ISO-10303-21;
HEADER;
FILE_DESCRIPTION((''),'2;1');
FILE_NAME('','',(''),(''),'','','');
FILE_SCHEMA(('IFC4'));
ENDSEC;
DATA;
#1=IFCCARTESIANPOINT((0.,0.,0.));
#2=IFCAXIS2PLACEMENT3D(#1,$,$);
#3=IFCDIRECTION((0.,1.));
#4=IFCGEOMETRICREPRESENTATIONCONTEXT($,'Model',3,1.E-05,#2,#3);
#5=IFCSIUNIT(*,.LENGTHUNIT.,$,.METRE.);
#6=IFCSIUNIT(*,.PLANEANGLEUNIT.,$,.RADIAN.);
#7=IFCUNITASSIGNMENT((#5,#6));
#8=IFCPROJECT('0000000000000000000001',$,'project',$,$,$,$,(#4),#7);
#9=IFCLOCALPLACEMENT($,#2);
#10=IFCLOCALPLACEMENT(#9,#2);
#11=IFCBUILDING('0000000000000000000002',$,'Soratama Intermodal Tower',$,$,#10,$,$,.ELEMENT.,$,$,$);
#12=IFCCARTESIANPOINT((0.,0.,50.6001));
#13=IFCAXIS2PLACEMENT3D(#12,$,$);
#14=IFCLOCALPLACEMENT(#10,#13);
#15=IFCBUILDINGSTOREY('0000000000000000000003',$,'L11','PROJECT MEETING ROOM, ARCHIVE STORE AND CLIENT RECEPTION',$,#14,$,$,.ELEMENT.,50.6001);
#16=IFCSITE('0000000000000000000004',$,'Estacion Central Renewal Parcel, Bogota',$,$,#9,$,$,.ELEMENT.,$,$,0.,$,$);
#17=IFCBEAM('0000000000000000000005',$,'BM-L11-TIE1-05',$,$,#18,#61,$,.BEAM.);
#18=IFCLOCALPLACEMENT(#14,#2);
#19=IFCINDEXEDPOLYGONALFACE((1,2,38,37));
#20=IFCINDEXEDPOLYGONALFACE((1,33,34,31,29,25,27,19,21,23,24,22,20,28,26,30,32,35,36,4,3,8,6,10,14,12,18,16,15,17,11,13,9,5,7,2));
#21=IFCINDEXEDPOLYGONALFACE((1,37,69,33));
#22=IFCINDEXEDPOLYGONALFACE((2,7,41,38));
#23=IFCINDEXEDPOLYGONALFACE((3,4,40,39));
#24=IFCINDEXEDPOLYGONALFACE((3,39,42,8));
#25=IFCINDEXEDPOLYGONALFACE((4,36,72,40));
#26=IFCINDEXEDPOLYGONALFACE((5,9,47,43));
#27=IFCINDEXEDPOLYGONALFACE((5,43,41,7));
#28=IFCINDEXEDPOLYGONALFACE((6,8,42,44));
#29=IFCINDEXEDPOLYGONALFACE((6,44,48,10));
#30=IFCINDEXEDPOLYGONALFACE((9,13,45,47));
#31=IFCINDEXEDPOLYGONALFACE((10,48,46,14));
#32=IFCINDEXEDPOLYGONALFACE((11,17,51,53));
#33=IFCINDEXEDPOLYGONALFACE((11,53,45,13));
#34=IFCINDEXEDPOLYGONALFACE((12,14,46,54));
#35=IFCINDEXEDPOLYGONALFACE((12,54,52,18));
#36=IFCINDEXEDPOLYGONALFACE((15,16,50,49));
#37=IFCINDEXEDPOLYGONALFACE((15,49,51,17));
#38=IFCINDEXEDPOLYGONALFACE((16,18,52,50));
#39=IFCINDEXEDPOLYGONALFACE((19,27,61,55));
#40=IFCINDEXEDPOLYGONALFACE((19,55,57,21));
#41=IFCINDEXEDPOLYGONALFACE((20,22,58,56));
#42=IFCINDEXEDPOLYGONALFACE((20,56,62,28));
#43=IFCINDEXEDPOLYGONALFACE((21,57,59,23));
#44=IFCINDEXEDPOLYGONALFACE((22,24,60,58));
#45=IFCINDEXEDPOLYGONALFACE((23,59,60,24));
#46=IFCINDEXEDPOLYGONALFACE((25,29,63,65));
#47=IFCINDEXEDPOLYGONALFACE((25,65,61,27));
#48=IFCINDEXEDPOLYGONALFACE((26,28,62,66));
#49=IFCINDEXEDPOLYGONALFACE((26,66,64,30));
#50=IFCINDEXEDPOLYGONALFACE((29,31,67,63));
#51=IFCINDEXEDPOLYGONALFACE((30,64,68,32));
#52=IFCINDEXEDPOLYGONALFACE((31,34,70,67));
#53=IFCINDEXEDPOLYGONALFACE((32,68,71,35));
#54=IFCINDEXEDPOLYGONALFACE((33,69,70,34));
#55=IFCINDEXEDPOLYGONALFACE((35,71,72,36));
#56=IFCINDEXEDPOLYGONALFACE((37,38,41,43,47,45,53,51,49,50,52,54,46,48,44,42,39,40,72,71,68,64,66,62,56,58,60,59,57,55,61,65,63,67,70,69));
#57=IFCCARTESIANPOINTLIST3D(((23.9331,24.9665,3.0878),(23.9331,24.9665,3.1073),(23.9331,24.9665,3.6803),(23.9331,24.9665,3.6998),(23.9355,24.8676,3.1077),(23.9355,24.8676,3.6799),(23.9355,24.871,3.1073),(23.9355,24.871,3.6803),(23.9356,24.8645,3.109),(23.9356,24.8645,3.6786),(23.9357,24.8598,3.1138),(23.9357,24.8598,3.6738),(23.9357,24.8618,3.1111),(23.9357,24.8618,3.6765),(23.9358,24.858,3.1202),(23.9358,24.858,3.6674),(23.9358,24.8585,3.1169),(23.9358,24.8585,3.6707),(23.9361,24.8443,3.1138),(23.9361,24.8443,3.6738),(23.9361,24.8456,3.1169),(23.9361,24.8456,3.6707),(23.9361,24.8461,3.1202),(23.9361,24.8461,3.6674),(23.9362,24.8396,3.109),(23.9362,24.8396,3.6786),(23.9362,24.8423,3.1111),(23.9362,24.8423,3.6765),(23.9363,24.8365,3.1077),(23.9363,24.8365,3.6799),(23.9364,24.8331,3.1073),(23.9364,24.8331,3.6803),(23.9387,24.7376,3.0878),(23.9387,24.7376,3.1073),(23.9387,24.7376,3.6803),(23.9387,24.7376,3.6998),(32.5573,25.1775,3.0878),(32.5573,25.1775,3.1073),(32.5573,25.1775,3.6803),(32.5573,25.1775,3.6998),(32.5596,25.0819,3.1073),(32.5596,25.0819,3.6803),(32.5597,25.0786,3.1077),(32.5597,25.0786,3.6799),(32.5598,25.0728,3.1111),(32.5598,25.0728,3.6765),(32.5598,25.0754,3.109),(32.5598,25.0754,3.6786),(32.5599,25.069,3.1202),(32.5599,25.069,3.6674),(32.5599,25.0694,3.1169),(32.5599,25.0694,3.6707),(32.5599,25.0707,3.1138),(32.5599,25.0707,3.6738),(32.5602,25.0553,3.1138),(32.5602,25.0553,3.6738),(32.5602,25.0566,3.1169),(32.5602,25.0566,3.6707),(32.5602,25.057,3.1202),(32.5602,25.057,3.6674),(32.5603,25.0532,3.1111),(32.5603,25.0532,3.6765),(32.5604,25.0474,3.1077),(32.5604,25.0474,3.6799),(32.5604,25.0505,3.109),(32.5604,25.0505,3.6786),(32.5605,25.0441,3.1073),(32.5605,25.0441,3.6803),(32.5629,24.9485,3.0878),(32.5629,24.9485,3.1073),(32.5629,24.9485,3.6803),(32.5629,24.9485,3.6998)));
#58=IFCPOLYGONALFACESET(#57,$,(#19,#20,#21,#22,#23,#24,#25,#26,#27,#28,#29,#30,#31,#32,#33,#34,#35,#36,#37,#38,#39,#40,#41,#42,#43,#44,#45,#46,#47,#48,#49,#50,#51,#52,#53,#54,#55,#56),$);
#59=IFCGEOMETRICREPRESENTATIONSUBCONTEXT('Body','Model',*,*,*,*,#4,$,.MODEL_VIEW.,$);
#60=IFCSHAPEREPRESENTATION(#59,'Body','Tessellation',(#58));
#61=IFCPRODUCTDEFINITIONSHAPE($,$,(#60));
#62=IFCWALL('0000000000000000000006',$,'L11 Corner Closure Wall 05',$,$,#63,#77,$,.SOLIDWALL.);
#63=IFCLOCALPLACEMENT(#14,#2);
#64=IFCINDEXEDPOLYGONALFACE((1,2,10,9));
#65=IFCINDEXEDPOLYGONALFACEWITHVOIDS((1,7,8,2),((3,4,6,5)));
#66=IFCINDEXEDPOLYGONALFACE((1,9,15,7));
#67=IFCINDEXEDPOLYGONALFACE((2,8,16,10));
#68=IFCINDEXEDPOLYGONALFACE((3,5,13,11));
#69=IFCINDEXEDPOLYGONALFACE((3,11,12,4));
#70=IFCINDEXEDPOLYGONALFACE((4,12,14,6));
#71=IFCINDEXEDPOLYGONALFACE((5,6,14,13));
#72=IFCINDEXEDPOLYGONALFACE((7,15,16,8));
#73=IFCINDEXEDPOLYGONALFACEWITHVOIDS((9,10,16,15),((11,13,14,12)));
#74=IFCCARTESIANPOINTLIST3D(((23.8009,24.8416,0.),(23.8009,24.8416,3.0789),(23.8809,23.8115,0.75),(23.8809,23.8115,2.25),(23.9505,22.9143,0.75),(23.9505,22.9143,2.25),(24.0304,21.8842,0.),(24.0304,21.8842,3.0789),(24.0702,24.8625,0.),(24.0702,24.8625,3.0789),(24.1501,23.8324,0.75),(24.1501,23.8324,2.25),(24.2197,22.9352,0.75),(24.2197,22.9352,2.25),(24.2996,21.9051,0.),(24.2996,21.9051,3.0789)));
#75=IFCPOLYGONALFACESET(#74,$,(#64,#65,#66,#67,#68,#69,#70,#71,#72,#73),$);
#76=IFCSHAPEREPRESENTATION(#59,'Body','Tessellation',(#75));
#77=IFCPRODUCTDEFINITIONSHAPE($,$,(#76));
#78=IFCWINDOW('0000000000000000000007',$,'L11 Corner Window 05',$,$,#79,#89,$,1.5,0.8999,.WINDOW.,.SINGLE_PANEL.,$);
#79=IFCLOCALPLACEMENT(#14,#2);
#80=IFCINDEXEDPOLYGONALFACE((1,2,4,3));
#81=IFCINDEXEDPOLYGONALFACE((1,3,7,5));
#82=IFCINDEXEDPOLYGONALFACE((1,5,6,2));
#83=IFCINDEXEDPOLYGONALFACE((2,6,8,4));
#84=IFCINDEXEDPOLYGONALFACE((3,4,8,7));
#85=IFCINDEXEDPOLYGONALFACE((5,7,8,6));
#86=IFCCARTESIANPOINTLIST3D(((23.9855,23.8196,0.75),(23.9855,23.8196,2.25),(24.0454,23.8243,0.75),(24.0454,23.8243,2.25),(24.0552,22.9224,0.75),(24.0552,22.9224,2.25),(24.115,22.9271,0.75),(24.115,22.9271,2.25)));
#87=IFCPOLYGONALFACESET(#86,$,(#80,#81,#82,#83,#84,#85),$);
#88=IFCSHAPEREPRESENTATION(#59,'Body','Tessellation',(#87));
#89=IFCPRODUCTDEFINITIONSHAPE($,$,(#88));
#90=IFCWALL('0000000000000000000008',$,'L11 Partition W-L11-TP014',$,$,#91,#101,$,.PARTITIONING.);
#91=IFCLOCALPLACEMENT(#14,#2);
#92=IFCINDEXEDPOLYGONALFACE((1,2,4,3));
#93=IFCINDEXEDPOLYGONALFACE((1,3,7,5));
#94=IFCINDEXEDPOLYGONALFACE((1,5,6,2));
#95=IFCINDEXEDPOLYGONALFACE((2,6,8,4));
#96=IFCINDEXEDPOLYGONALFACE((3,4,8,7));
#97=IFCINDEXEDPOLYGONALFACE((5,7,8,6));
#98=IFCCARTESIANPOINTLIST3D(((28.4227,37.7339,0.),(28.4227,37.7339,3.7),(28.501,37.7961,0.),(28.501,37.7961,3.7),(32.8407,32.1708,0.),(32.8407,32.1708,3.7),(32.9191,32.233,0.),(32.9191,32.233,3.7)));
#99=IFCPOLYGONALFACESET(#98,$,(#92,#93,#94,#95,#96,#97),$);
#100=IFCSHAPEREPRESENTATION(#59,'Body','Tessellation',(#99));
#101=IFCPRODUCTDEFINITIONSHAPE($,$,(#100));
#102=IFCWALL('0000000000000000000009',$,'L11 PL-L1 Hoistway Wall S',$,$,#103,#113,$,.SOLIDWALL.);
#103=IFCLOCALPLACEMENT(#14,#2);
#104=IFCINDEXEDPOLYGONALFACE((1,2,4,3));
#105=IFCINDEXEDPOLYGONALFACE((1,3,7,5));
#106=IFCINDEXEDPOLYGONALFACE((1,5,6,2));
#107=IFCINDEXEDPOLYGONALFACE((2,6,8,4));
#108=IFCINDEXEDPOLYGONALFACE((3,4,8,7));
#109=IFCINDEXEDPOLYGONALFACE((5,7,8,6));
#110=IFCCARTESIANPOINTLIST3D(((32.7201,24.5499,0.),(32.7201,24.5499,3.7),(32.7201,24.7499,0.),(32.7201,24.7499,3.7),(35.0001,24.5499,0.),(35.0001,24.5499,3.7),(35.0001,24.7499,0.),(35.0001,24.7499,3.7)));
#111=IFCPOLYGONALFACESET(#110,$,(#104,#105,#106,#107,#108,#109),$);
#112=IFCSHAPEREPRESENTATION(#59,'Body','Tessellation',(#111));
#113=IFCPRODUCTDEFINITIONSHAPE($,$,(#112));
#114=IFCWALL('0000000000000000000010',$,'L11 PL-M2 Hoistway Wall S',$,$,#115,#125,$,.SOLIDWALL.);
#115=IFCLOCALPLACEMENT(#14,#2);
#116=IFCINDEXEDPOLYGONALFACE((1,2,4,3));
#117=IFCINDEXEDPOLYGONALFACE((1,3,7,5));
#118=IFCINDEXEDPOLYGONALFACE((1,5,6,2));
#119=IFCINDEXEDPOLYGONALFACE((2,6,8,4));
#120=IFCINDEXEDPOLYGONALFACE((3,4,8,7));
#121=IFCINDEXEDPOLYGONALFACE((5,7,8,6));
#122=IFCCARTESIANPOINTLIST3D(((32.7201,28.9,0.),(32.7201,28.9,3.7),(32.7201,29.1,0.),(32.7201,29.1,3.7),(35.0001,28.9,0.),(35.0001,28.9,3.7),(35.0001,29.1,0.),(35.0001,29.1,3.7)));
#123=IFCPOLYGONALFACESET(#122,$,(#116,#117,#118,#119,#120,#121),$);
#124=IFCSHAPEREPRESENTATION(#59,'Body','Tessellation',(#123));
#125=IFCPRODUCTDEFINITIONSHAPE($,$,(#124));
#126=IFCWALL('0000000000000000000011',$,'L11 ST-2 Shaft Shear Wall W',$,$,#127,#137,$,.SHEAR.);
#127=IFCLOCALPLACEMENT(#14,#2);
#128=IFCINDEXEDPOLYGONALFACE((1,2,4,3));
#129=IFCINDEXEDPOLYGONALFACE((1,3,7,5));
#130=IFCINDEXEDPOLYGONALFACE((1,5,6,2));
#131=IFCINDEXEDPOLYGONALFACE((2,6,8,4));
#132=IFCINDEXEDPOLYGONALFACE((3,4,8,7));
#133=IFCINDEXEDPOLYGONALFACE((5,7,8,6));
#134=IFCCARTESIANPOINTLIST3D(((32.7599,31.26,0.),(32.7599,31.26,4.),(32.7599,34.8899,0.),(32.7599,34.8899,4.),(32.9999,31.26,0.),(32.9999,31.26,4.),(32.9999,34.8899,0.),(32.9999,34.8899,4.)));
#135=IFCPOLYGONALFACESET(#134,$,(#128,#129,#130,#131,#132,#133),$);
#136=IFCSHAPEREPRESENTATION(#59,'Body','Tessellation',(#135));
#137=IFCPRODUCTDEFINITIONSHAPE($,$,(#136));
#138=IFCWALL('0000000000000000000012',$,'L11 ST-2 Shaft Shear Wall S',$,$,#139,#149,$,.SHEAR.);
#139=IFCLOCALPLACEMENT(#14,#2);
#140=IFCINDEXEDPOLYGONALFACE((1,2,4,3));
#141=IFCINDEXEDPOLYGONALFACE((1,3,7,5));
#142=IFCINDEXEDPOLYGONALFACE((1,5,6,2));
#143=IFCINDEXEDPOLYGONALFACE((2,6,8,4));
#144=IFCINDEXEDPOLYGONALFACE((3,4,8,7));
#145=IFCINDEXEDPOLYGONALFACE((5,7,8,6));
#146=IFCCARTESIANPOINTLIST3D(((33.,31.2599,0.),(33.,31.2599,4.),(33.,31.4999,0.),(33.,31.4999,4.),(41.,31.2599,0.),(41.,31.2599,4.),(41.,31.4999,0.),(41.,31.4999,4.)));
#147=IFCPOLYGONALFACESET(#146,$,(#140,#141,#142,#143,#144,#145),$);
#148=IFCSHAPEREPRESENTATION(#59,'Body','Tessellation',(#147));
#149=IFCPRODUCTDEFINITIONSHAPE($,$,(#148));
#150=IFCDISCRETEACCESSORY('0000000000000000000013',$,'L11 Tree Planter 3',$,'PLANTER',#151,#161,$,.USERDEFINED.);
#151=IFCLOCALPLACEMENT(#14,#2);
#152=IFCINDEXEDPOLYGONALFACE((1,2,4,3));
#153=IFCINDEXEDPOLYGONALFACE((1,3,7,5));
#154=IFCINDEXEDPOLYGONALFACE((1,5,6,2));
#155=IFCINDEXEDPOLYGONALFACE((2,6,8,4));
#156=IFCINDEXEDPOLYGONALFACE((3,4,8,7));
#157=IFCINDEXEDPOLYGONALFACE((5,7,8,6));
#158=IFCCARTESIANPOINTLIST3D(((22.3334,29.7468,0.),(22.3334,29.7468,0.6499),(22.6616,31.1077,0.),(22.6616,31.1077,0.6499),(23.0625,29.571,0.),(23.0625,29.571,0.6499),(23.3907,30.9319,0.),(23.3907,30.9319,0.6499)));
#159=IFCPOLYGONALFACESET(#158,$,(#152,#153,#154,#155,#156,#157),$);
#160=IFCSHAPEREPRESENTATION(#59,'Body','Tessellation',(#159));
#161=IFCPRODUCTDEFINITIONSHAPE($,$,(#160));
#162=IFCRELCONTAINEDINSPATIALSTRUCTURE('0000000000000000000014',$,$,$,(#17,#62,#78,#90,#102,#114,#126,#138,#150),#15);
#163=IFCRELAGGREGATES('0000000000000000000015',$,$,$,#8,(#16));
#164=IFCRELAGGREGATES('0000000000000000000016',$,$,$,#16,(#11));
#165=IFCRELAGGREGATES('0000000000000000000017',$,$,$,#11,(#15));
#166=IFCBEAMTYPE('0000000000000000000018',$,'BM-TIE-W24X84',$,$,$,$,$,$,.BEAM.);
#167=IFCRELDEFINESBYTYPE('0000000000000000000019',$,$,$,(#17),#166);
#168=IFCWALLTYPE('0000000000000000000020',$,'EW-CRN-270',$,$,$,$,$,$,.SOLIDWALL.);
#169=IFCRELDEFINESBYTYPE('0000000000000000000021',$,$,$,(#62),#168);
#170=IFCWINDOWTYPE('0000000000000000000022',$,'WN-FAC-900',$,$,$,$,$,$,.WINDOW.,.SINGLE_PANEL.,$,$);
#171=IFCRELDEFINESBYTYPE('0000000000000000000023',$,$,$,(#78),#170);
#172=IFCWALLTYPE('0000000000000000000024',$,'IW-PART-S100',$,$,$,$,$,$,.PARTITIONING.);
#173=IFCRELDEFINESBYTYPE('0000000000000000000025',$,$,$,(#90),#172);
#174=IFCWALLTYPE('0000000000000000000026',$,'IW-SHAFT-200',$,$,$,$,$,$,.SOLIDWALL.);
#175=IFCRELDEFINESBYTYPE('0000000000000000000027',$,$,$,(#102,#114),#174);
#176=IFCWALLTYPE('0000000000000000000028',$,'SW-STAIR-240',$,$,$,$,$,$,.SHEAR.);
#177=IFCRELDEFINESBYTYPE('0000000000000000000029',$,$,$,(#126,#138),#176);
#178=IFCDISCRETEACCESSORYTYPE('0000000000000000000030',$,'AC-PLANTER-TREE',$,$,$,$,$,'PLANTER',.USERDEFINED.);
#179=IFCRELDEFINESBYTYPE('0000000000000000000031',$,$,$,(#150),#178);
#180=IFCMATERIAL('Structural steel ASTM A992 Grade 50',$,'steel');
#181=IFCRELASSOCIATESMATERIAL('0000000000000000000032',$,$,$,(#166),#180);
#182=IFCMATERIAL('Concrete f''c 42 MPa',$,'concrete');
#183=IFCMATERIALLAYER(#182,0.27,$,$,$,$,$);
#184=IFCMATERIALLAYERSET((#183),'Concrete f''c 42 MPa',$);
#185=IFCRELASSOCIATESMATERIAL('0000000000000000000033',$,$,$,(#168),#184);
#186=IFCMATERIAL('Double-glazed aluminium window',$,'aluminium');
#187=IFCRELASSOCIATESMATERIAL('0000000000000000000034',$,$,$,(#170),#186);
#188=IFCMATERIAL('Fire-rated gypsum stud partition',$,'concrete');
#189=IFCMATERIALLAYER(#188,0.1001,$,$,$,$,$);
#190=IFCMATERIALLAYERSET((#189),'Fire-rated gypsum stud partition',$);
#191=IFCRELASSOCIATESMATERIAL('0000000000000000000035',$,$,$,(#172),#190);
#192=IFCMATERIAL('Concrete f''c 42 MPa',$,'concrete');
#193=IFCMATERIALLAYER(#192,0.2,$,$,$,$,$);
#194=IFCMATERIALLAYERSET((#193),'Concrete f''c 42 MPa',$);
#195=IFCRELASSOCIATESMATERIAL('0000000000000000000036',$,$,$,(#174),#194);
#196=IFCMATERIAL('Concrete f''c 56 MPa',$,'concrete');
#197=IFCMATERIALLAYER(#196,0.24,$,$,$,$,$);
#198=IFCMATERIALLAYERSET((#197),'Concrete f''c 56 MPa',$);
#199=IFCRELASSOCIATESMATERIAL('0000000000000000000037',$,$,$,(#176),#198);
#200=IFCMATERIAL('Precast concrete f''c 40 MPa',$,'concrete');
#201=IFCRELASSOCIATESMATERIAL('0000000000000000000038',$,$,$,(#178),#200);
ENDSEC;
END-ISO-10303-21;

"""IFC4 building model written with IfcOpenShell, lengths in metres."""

from ifc_helpers import new_model, si_unit, direction, frame, frame_2d, origin, origin_2d, place, context, subcontext, project, spatial, rectangle, i_section, extrude, material, layer, layer_set, material_profile, profile_set, type_object, element, fill, save


model = new_model("IFC4")

# Units and contexts
model_context = context("Model", 3, precision=1e-05, world=origin(), true_north=direction((0.0, 1.0)))
body_context = subcontext(model_context, "Body", "Model", "MODEL_VIEW")
ifc_project = project(units=[si_unit("LENGTHUNIT", "METRE"), si_unit("PLANEANGLEUNIT", "RADIAN")], contexts=[model_context])

# Site, building, storey
site_placement = place(None, origin())
site = spatial("IfcSite", under=ifc_project, at=site_placement, Name="Estacion Central Renewal Parcel, Bogota", CompositionType="ELEMENT", RefElevation=0.0)
building_placement = place(site_placement, origin())
building = spatial("IfcBuilding", under=site, at=building_placement, Name="Soratama Intermodal Tower", CompositionType="ELEMENT")
storey_placement = place(building_placement, frame((0.0, 0.0, 50.6001)))
storey = spatial("IfcBuildingStorey", under=building, at=storey_placement, Name="L11", Description="PROJECT MEETING ROOM, ARCHIVE STORE AND CLIENT RECEPTION", CompositionType="ELEMENT", Elevation=50.6001)

# Beam
ifc_material_1 = material(Name="Structural steel ASTM A992 Grade 50", Category="steel")
ifc_material_profile_1 = material_profile(ifc_material_1, i_section(OverallWidth=0.229, OverallDepth=0.6121, WebThickness=0.012, FlangeThickness=0.0195, FilletRadius=0.0129, at=origin_2d()), Name="W24X84")
ifc_profile_set_1 = profile_set([ifc_material_profile_1], Name="Structural steel ASTM A992 Grade 50")
beam_type_1 = type_object("IfcBeamType", Name="BM-TIE-W24X84", PredefinedType="BEAM", material=ifc_profile_set_1)
beam_1_placement = place(storey_placement, frame((32.5601, 25.063, 3.3938), z_axis=(-0.999701, -0.024452, 0.0), x_axis=(0.024452, -0.999701, 0.0)))
element("IfcBeam", 1, at=beam_1_placement, inside=storey, type_object=beam_type_1, Name="BM-L11-TIE1-05", PredefinedType="BEAM", context=body_context, shape_type="SweptSolid", body=[
    extrude(i_section(OverallWidth=0.229, OverallDepth=0.6121, WebThickness=0.012, FlangeThickness=0.0195, FilletRadius=0.0129, at=origin_2d()), origin(), (0.0, 0.0, 1.0), 8.6267),
])

# Wall, opening, window
ifc_material_2 = material(Name="Concrete f'c 42 MPa", Category="concrete")
ifc_layer_1 = layer(ifc_material_2, 0.27)
ifc_layer_set_1 = layer_set([ifc_layer_1], Name="Concrete f'c 42 MPa")
wall_type_1 = type_object("IfcWallType", Name="EW-CRN-270", PredefinedType="SOLIDWALL", material=ifc_layer_set_1)
wall_1_placement = place(storey_placement, frame((23.9355, 24.8521, 0.0), z_axis=(0.0, 0.0, 1.0), x_axis=(0.077364, -0.997003, 0.0)))
wall_1 = element("IfcWall", 2, at=wall_1_placement, inside=storey, type_object=wall_type_1, Name="L11 Corner Closure Wall 05", PredefinedType="SOLIDWALL", context=body_context, shape_type="SweptSolid", body=[
    extrude(rectangle(XDim=2.9663, YDim=0.27, at=frame_2d((1.4832, 0.0))), origin(), (0.0, 0.0, 1.0), 3.0789),
])
opening_1_placement = place(wall_1_placement, frame((1.0332, 0.0, 0.75)))
opening_1 = element("IfcOpeningElement", 3, at=opening_1_placement, cuts=wall_1, PredefinedType="OPENING", context=body_context, shape_type="SweptSolid", body=[
    extrude(rectangle(XDim=0.8999, YDim=1.5, at=frame_2d((0.45, 0.75))), frame((0.0, 0.145, 0.0), z_axis=(0.0, -1.0, 0.0), x_axis=(1.0, 0.0, 0.0)), (0.0, 0.0, 1.0), 0.29),
])
ifc_material_3 = material(Name="Double-glazed aluminium window", Category="aluminium")
window_type = type_object("IfcWindowType", Name="WN-FAC-900", PartitioningType="SINGLE_PANEL", PredefinedType="WINDOW", material=ifc_material_3)
window_placement = place(opening_1_placement, origin())
window = element("IfcWindow", 4, at=window_placement, inside=storey, type_object=window_type, Name="L11 Corner Window 05", OverallHeight=1.5, OverallWidth=0.8999, PartitioningType="SINGLE_PANEL", PredefinedType="WINDOW", context=body_context, shape_type="SweptSolid", body=[
    extrude(rectangle(XDim=0.8999, YDim=1.5, at=frame_2d((0.45, 0.75))), frame((0.0, 0.03, 0.0), z_axis=(0.0, -1.0, 0.0), x_axis=(1.0, 0.0, 0.0)), (0.0, 0.0, 1.0), 0.0601),
])
fill(opening_1, window)

# Walls
ifc_material_4 = material(Name="Fire-rated gypsum stud partition", Category="concrete")
ifc_layer_2 = layer(ifc_material_4, 0.1001)
ifc_layer_set_2 = layer_set([ifc_layer_2], Name="Fire-rated gypsum stud partition")
wall_type_2 = type_object("IfcWallType", Name="IW-PART-S100", PredefinedType="PARTITIONING", material=ifc_layer_set_2)
wall_2_placement = place(storey_placement, frame((32.8799, 32.2019, 0.0), z_axis=(0.0, 0.0, 1.0), x_axis=(-0.621908, 0.78309, 0.0)))
element("IfcWall", 5, at=wall_2_placement, inside=storey, type_object=wall_type_2, Name="L11 Partition W-L11-TP014", PredefinedType="PARTITIONING", context=body_context, shape_type="SweptSolid", body=[
    extrude(rectangle(XDim=7.104, YDim=0.1001, at=frame_2d((3.552, 0.0))), origin(), (0.0, 0.0, 1.0), 3.7),
])
ifc_material_5 = material(Name="Concrete f'c 42 MPa", Category="concrete")
ifc_layer_3 = layer(ifc_material_5, 0.2)
ifc_layer_set_3 = layer_set([ifc_layer_3], Name="Concrete f'c 42 MPa")
wall_type_3 = type_object("IfcWallType", Name="IW-SHAFT-200", PredefinedType="SOLIDWALL", material=ifc_layer_set_3)
wall_3_placement = place(storey_placement, frame((32.72, 24.6499, 0.0), z_axis=(0.0, 0.0, 1.0), x_axis=(1.0, 0.0, 0.0)))
element("IfcWall", 6, at=wall_3_placement, inside=storey, type_object=wall_type_3, Name="L11 PL-L1 Hoistway Wall S", PredefinedType="SOLIDWALL", context=body_context, shape_type="SweptSolid", body=[
    extrude(rectangle(XDim=2.28, YDim=0.2, at=frame_2d((1.1401, 0.0))), origin(), (0.0, 0.0, 1.0), 3.7),
])

# Walls
wall_4_placement = place(storey_placement, frame((32.72, 29.0, 0.0), z_axis=(0.0, 0.0, 1.0), x_axis=(1.0, 0.0, 0.0)))
element("IfcWall", 7, at=wall_4_placement, inside=storey, type_object=wall_type_3, Name="L11 PL-M2 Hoistway Wall S", PredefinedType="SOLIDWALL", context=body_context, shape_type="SweptSolid", body=[
    extrude(rectangle(XDim=2.28, YDim=0.2, at=frame_2d((1.1401, 0.0))), origin(), (0.0, 0.0, 1.0), 3.7),
])
ifc_material_6 = material(Name="Concrete f'c 56 MPa", Category="concrete")
ifc_layer_4 = layer(ifc_material_6, 0.24)
ifc_layer_set_4 = layer_set([ifc_layer_4], Name="Concrete f'c 56 MPa")
wall_type_4 = type_object("IfcWallType", Name="SW-STAIR-240", PredefinedType="SHEAR", material=ifc_layer_set_4)
wall_5_placement = place(storey_placement, frame((32.8799, 31.26, 0.0), z_axis=(0.0, 0.0, 1.0), x_axis=(0.0, 1.0, 0.0)))
element("IfcWall", 8, at=wall_5_placement, inside=storey, type_object=wall_type_4, Name="L11 ST-2 Shaft Shear Wall W", PredefinedType="SHEAR", context=body_context, shape_type="SweptSolid", body=[
    extrude(rectangle(XDim=3.6299, YDim=0.24, at=frame_2d((1.8149, 0.0))), origin(), (0.0, 0.0, 1.0), 4.0),
])
wall_6_placement = place(storey_placement, frame((33.0, 31.3799, 0.0), z_axis=(0.0, 0.0, 1.0), x_axis=(1.0, 0.0, 0.0)))
element("IfcWall", 9, at=wall_6_placement, inside=storey, type_object=wall_type_4, Name="L11 ST-2 Shaft Shear Wall S", PredefinedType="SHEAR", context=body_context, shape_type="SweptSolid", body=[
    extrude(rectangle(XDim=8.0, YDim=0.24, at=frame_2d((4.0, 0.0))), origin(), (0.0, 0.0, 1.0), 4.0),
])

# Discrete accessory
ifc_material_7 = material(Name="Precast concrete f'c 40 MPa", Category="concrete")
discrete_accessory_type = type_object("IfcDiscreteAccessoryType", Name="AC-PLANTER-TREE", ElementType="PLANTER", PredefinedType="USERDEFINED", material=ifc_material_7)
discrete_accessory_placement = place(storey_placement, frame((22.8621, 30.3394, 0.0), z_axis=(0.0, 0.0, 1.0), x_axis=(-0.972125, 0.234463, 0.0)))
element("IfcDiscreteAccessory", 10, at=discrete_accessory_placement, inside=storey, type_object=discrete_accessory_type, Name="L11 Tree Planter 3", ObjectType="PLANTER", PredefinedType="USERDEFINED", context=body_context, shape_type="SweptSolid", body=[
    extrude(rectangle(XDim=0.75, YDim=1.3999, at=origin_2d()), origin(), (0.0, 0.0, 1.0), 0.6499),
])

save(model, "model.ifc")
